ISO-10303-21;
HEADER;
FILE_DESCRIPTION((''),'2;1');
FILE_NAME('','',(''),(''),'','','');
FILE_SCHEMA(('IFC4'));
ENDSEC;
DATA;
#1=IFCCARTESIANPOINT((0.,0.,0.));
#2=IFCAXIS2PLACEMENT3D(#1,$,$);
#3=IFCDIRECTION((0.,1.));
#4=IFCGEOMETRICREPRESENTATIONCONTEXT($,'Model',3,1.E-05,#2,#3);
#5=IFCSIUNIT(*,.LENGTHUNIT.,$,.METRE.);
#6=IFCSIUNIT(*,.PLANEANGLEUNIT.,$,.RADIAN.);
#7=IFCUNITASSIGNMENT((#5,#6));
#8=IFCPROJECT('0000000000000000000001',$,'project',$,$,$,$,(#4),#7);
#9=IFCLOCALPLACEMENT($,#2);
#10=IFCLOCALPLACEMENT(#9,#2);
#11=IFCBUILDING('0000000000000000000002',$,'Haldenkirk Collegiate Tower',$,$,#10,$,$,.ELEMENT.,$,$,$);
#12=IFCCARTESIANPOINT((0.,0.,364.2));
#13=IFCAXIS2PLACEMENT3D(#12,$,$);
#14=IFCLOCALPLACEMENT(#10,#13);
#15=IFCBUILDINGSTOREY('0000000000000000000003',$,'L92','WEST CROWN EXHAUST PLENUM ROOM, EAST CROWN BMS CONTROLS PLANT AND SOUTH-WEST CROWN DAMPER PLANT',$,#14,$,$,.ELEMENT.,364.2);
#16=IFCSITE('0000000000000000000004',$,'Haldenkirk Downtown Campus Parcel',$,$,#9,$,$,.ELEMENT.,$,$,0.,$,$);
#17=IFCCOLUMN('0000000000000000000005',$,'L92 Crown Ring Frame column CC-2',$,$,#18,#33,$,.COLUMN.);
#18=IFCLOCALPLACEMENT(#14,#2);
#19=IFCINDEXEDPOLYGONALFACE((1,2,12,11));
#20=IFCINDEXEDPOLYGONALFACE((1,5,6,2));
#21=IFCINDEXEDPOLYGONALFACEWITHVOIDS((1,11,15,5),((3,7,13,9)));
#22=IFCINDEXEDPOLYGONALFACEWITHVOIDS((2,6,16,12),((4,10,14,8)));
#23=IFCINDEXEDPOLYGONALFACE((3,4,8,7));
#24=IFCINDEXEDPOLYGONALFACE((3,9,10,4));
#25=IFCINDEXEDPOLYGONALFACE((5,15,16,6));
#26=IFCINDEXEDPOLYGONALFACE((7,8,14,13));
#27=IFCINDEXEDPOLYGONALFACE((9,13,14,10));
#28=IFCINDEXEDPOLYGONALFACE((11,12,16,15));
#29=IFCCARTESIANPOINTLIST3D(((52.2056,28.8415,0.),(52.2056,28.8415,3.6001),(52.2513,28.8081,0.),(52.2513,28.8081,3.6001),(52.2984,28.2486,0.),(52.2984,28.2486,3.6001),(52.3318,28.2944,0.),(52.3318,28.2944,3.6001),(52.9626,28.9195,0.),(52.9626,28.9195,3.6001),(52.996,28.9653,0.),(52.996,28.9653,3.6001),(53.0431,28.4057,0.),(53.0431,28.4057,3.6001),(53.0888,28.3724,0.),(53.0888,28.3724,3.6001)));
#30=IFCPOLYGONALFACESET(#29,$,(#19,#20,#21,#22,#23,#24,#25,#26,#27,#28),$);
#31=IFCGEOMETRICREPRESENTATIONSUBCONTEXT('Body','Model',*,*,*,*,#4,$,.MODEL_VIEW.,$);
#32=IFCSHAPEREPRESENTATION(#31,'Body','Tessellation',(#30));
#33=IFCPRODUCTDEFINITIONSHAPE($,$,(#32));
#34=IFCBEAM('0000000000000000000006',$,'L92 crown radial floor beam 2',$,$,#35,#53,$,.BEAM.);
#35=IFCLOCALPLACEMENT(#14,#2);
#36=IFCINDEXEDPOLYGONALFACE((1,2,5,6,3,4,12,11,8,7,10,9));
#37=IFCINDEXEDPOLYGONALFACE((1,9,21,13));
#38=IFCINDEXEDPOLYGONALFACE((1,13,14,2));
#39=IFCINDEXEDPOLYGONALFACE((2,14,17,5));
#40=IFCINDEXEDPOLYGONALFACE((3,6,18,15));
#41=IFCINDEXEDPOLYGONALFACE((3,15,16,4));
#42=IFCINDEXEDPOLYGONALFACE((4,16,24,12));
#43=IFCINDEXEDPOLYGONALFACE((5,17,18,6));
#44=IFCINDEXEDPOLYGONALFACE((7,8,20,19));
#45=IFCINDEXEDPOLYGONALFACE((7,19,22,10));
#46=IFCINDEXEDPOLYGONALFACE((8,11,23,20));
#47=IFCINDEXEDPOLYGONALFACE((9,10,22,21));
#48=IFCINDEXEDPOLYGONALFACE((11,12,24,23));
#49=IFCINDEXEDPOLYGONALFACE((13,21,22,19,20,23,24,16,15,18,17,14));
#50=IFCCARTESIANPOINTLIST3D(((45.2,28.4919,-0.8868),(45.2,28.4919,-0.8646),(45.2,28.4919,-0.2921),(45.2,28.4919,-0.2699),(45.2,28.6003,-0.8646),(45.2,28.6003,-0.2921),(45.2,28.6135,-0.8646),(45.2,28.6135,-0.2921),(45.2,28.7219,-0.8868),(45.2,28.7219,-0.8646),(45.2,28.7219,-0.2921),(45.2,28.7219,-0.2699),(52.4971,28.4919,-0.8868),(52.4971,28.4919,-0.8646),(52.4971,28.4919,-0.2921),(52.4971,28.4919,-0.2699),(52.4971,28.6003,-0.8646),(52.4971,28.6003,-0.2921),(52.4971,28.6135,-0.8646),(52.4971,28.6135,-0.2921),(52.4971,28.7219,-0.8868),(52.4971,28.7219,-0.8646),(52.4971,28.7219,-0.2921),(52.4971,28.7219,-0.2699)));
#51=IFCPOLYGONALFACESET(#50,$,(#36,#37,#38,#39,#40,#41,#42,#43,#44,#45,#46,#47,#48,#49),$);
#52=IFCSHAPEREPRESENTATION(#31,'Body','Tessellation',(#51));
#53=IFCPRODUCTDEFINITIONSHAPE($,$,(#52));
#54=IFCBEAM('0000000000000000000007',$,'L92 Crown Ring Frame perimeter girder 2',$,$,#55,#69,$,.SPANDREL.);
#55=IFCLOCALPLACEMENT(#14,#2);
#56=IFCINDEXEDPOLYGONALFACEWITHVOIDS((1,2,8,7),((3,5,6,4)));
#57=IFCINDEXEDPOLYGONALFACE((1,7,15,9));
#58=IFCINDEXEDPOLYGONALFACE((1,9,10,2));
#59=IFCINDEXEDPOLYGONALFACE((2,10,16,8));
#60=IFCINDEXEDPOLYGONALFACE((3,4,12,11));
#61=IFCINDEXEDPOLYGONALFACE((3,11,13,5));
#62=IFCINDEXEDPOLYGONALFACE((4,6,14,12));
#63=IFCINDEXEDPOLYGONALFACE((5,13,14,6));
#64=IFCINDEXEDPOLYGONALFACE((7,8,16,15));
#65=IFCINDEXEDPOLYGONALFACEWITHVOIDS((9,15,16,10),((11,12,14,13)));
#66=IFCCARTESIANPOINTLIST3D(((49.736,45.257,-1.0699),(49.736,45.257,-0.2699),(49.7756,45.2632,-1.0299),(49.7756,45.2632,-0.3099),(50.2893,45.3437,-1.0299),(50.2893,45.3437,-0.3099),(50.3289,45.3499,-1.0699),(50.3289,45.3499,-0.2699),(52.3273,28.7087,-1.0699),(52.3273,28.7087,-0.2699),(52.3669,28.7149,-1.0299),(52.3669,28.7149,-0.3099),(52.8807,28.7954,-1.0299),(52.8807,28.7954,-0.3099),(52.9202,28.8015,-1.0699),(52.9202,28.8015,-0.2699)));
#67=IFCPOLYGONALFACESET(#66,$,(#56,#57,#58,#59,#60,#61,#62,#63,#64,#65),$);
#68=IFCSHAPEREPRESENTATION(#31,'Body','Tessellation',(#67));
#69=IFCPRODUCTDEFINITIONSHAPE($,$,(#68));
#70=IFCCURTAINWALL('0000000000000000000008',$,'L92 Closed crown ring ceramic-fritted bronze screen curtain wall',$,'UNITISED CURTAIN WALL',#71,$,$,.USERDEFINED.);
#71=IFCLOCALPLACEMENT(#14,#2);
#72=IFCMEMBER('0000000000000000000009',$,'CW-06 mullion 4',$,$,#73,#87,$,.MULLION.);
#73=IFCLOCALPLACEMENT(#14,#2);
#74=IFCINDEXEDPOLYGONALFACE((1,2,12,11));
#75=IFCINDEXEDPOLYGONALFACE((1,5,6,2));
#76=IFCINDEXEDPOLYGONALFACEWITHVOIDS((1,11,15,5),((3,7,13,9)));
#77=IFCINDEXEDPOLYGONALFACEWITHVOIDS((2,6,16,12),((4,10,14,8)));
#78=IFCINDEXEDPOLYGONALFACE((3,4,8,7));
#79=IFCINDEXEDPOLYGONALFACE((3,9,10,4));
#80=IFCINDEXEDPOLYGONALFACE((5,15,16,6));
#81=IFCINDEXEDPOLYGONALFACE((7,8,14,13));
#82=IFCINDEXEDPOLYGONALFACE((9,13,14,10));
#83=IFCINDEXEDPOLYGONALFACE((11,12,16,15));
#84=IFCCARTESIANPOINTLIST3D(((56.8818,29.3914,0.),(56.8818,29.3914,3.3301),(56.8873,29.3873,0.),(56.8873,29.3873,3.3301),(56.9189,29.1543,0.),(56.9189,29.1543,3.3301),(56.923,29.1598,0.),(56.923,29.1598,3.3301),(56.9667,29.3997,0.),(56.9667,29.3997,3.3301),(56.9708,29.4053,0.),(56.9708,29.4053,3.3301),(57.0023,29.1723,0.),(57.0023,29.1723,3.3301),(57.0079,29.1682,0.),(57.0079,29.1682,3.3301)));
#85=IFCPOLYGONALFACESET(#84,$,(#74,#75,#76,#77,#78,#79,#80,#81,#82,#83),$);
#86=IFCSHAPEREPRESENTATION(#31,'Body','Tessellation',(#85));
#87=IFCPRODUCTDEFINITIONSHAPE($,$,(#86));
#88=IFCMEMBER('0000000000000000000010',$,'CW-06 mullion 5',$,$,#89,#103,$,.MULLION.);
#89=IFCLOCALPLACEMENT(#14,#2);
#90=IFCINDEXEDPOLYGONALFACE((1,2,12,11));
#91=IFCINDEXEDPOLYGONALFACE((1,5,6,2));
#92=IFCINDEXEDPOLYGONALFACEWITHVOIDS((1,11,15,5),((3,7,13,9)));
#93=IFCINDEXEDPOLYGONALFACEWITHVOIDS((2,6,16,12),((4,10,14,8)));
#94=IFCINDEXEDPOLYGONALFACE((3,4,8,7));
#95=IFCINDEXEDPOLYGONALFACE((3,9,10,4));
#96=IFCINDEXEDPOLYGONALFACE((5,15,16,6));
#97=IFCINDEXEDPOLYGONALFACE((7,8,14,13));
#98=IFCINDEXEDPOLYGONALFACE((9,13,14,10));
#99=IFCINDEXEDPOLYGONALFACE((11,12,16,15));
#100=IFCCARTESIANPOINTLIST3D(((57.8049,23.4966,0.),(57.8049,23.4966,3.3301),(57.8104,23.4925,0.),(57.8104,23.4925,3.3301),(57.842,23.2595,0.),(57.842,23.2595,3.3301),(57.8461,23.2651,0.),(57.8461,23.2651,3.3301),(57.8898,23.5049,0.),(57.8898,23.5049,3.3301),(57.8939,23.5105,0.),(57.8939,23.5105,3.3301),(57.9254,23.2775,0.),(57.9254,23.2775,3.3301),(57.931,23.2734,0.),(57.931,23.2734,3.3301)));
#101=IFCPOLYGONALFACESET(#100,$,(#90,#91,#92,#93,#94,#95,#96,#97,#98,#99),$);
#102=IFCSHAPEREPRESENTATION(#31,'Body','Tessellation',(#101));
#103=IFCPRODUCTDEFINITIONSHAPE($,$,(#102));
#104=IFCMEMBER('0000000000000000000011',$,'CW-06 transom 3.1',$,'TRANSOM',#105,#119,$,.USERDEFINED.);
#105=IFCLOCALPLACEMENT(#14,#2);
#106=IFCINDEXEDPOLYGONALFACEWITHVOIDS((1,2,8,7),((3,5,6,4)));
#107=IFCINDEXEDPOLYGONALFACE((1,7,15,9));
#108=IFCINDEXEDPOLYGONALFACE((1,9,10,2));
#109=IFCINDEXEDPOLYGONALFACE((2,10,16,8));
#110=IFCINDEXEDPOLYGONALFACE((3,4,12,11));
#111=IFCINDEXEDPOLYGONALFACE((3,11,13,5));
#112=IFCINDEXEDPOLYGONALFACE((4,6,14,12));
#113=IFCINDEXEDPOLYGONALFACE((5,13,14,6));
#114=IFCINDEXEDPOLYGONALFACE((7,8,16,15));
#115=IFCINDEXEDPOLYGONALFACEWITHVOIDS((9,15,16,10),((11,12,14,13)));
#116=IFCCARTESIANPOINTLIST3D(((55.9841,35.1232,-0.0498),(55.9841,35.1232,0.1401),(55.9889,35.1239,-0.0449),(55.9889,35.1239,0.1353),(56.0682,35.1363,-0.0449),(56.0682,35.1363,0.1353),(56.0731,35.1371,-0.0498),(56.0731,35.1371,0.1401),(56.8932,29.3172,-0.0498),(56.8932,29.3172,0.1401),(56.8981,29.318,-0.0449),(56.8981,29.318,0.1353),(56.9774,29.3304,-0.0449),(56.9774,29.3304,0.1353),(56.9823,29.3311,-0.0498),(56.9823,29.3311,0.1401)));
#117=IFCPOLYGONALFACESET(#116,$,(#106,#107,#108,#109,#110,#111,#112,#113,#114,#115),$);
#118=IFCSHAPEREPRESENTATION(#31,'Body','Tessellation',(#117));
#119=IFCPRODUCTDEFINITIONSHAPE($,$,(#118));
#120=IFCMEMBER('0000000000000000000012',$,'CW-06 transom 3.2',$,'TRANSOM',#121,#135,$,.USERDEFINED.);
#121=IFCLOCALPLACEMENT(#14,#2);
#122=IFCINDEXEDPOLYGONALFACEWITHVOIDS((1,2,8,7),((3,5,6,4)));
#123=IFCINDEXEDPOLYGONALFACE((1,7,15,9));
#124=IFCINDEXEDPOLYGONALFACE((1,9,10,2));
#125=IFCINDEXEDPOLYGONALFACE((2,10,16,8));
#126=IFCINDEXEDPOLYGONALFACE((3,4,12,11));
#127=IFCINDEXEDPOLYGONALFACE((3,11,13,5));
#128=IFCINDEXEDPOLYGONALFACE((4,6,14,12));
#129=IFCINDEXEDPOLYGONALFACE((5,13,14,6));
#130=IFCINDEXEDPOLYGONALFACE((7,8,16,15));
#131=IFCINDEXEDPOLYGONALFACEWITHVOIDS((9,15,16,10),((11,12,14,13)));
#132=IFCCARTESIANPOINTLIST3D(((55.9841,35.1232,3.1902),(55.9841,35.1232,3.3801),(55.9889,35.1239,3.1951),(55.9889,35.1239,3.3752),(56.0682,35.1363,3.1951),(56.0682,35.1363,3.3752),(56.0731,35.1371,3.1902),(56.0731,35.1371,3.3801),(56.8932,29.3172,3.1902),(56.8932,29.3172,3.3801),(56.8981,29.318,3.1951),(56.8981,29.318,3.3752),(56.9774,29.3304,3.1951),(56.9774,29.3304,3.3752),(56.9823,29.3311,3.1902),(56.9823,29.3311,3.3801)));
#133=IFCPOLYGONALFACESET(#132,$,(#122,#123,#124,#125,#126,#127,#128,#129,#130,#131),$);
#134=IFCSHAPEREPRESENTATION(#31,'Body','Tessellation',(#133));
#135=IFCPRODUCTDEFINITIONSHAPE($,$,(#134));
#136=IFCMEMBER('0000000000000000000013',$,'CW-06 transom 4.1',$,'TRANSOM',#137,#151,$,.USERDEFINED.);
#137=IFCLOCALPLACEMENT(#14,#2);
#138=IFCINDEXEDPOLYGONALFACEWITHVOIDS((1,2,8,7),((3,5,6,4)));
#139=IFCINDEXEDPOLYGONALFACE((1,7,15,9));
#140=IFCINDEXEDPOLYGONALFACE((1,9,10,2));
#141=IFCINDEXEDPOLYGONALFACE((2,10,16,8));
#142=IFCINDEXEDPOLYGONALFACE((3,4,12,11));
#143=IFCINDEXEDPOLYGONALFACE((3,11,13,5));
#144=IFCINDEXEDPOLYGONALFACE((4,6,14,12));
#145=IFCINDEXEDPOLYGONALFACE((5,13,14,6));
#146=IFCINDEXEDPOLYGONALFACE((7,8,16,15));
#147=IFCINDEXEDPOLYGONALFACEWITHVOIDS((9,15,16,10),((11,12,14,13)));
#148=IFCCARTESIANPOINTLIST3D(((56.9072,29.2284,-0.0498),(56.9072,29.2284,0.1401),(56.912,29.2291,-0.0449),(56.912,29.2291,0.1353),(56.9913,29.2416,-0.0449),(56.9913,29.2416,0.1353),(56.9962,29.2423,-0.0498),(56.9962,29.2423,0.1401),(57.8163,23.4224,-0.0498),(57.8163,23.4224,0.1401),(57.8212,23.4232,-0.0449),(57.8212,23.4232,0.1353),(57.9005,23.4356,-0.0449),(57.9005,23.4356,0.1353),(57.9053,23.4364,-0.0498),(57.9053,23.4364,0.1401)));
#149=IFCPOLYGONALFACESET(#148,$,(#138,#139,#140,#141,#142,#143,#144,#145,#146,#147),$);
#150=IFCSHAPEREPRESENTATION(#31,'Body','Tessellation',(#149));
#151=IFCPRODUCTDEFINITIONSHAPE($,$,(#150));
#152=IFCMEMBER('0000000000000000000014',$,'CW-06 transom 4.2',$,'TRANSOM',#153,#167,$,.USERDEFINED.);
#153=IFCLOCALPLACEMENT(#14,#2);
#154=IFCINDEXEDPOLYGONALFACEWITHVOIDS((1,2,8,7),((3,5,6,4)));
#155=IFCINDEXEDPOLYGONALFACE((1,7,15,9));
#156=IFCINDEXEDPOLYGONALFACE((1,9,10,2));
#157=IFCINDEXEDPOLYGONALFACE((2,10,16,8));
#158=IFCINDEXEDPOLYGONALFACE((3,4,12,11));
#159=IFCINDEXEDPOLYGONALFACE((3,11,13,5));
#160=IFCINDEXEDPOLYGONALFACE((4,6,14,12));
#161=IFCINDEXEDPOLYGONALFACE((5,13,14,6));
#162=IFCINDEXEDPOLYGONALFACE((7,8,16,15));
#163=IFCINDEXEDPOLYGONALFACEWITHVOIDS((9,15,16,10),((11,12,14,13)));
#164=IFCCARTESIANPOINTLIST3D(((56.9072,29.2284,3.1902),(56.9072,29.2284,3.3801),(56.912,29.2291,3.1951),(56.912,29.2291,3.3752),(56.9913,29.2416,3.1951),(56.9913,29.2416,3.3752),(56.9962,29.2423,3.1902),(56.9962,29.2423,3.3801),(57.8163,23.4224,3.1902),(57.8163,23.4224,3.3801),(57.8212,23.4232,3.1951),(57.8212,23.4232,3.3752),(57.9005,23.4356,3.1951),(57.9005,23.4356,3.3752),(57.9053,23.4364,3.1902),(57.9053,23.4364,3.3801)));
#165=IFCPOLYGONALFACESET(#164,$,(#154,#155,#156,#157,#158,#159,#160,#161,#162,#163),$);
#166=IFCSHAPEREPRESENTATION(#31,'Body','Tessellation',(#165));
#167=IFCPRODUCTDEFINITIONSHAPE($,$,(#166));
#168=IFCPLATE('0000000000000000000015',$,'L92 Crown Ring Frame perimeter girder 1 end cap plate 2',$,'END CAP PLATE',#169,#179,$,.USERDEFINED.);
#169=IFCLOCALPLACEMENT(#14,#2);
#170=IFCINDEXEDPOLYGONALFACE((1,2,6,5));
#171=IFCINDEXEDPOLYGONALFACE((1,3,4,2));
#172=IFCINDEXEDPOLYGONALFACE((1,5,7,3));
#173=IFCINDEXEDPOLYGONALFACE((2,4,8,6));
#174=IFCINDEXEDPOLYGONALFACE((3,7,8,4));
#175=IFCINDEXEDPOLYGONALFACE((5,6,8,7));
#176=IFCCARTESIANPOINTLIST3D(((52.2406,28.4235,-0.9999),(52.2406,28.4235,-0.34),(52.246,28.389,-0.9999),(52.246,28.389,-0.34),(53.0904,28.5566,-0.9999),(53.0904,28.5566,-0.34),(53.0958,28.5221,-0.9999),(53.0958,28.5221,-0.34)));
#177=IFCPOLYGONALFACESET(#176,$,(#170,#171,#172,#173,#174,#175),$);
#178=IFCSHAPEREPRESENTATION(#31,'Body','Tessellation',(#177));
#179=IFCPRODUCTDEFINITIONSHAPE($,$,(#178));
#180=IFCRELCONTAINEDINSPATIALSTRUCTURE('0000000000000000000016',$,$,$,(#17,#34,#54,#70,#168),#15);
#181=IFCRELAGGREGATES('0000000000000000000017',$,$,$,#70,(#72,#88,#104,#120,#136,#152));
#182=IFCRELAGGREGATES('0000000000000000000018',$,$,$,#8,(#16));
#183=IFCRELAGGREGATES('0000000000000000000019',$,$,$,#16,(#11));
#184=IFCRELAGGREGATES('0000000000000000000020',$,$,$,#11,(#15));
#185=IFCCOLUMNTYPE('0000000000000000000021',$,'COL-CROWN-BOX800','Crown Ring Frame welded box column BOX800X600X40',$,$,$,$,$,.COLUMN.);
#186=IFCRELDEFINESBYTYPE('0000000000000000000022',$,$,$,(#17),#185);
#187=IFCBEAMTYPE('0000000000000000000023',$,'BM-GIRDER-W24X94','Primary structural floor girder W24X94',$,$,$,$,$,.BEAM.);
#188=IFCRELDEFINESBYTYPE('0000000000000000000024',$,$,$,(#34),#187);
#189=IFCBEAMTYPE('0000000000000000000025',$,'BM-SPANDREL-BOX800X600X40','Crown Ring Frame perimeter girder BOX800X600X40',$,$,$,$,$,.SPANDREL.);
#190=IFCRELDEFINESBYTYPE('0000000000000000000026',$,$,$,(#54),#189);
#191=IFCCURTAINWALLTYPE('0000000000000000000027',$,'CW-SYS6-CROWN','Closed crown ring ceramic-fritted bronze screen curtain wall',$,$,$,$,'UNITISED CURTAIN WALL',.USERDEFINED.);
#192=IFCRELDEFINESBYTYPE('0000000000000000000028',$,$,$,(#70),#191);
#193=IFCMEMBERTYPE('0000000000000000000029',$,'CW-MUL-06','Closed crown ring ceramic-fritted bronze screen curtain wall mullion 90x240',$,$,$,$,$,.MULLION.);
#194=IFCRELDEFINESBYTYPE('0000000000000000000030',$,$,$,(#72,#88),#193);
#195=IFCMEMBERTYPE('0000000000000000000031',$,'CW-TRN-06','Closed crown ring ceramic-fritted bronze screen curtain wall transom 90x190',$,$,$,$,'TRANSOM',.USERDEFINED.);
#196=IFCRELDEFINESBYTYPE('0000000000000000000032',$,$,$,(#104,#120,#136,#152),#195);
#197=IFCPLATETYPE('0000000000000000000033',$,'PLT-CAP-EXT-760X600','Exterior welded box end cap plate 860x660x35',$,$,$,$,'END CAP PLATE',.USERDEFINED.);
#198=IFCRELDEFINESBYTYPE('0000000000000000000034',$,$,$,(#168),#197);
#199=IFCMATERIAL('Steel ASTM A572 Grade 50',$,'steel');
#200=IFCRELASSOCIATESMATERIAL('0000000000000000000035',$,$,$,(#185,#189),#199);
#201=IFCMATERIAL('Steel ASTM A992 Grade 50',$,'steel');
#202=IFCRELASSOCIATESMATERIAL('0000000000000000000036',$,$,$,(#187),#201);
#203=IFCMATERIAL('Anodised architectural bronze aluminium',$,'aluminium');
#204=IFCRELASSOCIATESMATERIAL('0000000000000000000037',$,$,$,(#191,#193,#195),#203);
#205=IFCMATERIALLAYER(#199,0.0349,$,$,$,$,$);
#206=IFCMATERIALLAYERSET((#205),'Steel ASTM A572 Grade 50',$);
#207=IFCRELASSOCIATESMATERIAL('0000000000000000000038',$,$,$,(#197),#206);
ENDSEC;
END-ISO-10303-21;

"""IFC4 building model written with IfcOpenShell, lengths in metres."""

from ifc_helpers import new_model, si_unit, direction, frame, origin, origin_2d, place, context, subcontext, project, spatial, rectangle, hollow_rectangle, i_section, extrude, source, transform, mapped, material, layer, layer_set, material_profile, profile_set, type_object, element, aggregate, save


model = new_model("IFC4")

# Units and contexts
model_context = context("Model", 3, precision=1e-05, world=origin(), true_north=direction((0.0, 1.0)))
body_context = subcontext(model_context, "Body", "Model", "MODEL_VIEW")
ifc_project = project(units=[si_unit("LENGTHUNIT", "METRE"), si_unit("PLANEANGLEUNIT", "RADIAN")], contexts=[model_context])

# Site, building, storey
site_placement = place(None, origin())
site = spatial("IfcSite", under=ifc_project, at=site_placement, Name="Haldenkirk Downtown Campus Parcel", CompositionType="ELEMENT", RefElevation=0.0)
building_placement = place(site_placement, origin())
building = spatial("IfcBuilding", under=site, at=building_placement, Name="Haldenkirk Collegiate Tower", CompositionType="ELEMENT")
storey_placement = place(building_placement, frame((0.0, 0.0, 364.2)))
storey = spatial("IfcBuildingStorey", under=building, at=storey_placement, Name="L92", Description="WEST CROWN EXHAUST PLENUM ROOM, EAST CROWN BMS CONTROLS PLANT AND SOUTH-WEST CROWN DAMPER PLANT", CompositionType="ELEMENT", Elevation=364.2)

# Column
ifc_material_1 = material(Name="Steel ASTM A572 Grade 50", Category="steel")
ifc_material_profile_1 = material_profile(ifc_material_1, hollow_rectangle(XDim=0.6001, YDim=0.8, WallThickness=0.04, at=origin_2d()), Name="BOX800X600X40")
ifc_profile_set_1 = profile_set([ifc_material_profile_1], Name="Steel ASTM A572 Grade 50")
column_type = type_object("IfcColumnType", Name="COL-CROWN-BOX800", Description="Crown Ring Frame welded box column BOX800X600X40", PredefinedType="COLUMN", material=ifc_profile_set_1)
column_placement = place(storey_placement, frame((52.6472, 28.6069, 0.0), z_axis=(0.0, 0.0, 1.0), x_axis=(-0.15471, 0.98796, 0.0)))
element("IfcColumn", 1, at=column_placement, inside=storey, type_object=column_type, Name="L92 Crown Ring Frame column CC-2", PredefinedType="COLUMN", context=body_context, shape_type="SweptSolid", body=[
    extrude(hollow_rectangle(XDim=0.6001, YDim=0.8, WallThickness=0.04, at=origin_2d()), origin(), (0.0, 0.0, 1.0), 3.6001),
])

# Beams
ifc_material_2 = material(Name="Steel ASTM A992 Grade 50", Category="steel")
ifc_material_profile_2 = material_profile(ifc_material_2, i_section(OverallWidth=0.23, OverallDepth=0.6169, WebThickness=0.0132, FlangeThickness=0.0222, at=origin_2d()), Name="W24X94")
ifc_profile_set_2 = profile_set([ifc_material_profile_2], Name="Steel ASTM A992 Grade 50")
beam_type_1 = type_object("IfcBeamType", Name="BM-GIRDER-W24X94", Description="Primary structural floor girder W24X94", PredefinedType="BEAM", material=ifc_profile_set_2)
beam_1_placement = place(storey_placement, frame((52.4971, 28.6069, -0.5784), z_axis=(-1.0, 0.0, 0.0), x_axis=(0.0, -1.0, 0.0)))
element("IfcBeam", 2, at=beam_1_placement, inside=storey, type_object=beam_type_1, Name="L92 crown radial floor beam 2", PredefinedType="BEAM", context=body_context, shape_type="SweptSolid", body=[
    extrude(i_section(OverallWidth=0.23, OverallDepth=0.6169, WebThickness=0.0132, FlangeThickness=0.0222, at=origin_2d()), origin(), (0.0, 0.0, 1.0), 7.2971),
])
ifc_material_profile_3 = material_profile(ifc_material_1, hollow_rectangle(XDim=0.6001, YDim=0.8, WallThickness=0.04, at=origin_2d()), Name="BOX800X600X40")
ifc_profile_set_3 = profile_set([ifc_material_profile_3], Name="Steel ASTM A572 Grade 50")
beam_type_2 = type_object("IfcBeamType", Name="BM-SPANDREL-BOX800X600X40", Description="Crown Ring Frame perimeter girder BOX800X600X40", PredefinedType="SPANDREL", material=ifc_profile_set_3)
beam_2_placement = place(storey_placement, frame((52.6238, 28.7551, -0.6699), z_axis=(-0.154705, 0.987961, 0.0), x_axis=(-0.987961, -0.154705, 0.0)))
element("IfcBeam", 3, at=beam_2_placement, inside=storey, type_object=beam_type_2, Name="L92 Crown Ring Frame perimeter girder 2", PredefinedType="SPANDREL", context=body_context, shape_type="SweptSolid", body=[
    extrude(hollow_rectangle(XDim=0.6001, YDim=0.8, WallThickness=0.04, at=origin_2d()), origin(), (0.0, 0.0, 1.0), 16.75),
])

# Curtain wall, members
ifc_material_3 = material(Name="Anodised architectural bronze aluminium", Category="aluminium")
curtain_wall_type = type_object("IfcCurtainWallType", Name="CW-SYS6-CROWN", Description="Closed crown ring ceramic-fritted bronze screen curtain wall", ElementType="UNITISED CURTAIN WALL", PredefinedType="USERDEFINED", material=ifc_material_3)
curtain_wall_placement = place(storey_placement, origin())
curtain_wall = element("IfcCurtainWall", 4, at=curtain_wall_placement, inside=storey, type_object=curtain_wall_type, Name="L92 Closed crown ring ceramic-fritted bronze screen curtain wall", ObjectType="UNITISED CURTAIN WALL", PredefinedType="USERDEFINED")
ifc_material_profile_4 = material_profile(ifc_material_3, hollow_rectangle(XDim=0.0901, YDim=0.24, WallThickness=0.0049, at=origin_2d()), Name="CW-MUL-06")
ifc_profile_set_4 = profile_set([ifc_material_profile_4], Name="Anodised architectural bronze aluminium")
member_type_1 = type_object("IfcMemberType", Name="CW-MUL-06", Description="Closed crown ring ceramic-fritted bronze screen curtain wall mullion 90x240", PredefinedType="MULLION", material=ifc_profile_set_4)
member_1_placement = place(storey_placement, frame((56.9448, 29.2798, 0.0), z_axis=(0.0, 0.0, 1.0), x_axis=(0.98796, 0.154713, 0.0)))
member_1 = element("IfcMember", 5, at=member_1_placement, type_object=member_type_1, Name="CW-06 mullion 4", PredefinedType="MULLION", context=body_context, shape_type="SweptSolid", body=[
    extrude(hollow_rectangle(XDim=0.0901, YDim=0.24, WallThickness=0.0049, at=origin_2d()), origin(), (0.0, 0.0, 1.0), 3.3301),
])
member_2_placement = place(storey_placement, frame((57.8679, 23.385, 0.0), z_axis=(0.0, 0.0, 1.0), x_axis=(0.98796, 0.154713, 0.0)))
member_2 = element("IfcMember", 6, at=member_2_placement, type_object=member_type_1, Name="CW-06 mullion 5", PredefinedType="MULLION", context=body_context, shape_type="SweptSolid", body=[
    extrude(hollow_rectangle(XDim=0.0901, YDim=0.24, WallThickness=0.0049, at=origin_2d()), origin(), (0.0, 0.0, 1.0), 3.3301),
])
ifc_material_profile_5 = material_profile(ifc_material_3, hollow_rectangle(XDim=0.0901, YDim=0.1899, WallThickness=0.0049, at=origin_2d()), Name="CW-TRN-06")
ifc_profile_set_5 = profile_set([ifc_material_profile_5], Name="Anodised architectural bronze aluminium")
member_type_2 = type_object("IfcMemberType", Name="CW-TRN-06", Description="Closed crown ring ceramic-fritted bronze screen curtain wall transom 90x190", ElementType="TRANSOM", PredefinedType="USERDEFINED", material=ifc_profile_set_5)
member_3_placement = place(storey_placement, frame((56.0286, 35.1301, 0.0452), z_axis=(0.15471, -0.98796, 0.0), x_axis=(0.98796, 0.15471, 0.0)))
member_3 = element("IfcMember", 7, at=member_3_placement, type_object=member_type_2, Name="CW-06 transom 3.1", ObjectType="TRANSOM", PredefinedType="USERDEFINED", context=body_context, shape_type="SweptSolid", body=[
    extrude(hollow_rectangle(XDim=0.0901, YDim=0.1899, WallThickness=0.0049, at=origin_2d()), origin(), (0.0, 0.0, 1.0), 5.8767),
])
member_4_placement = place(storey_placement, frame((56.0286, 35.1301, 3.2852), z_axis=(0.15471, -0.98796, 0.0), x_axis=(0.98796, 0.15471, 0.0)))
member_4 = element("IfcMember", 8, at=member_4_placement, type_object=member_type_2, Name="CW-06 transom 3.2", ObjectType="TRANSOM", PredefinedType="USERDEFINED", context=body_context, shape_type="SweptSolid", body=[
    extrude(hollow_rectangle(XDim=0.0901, YDim=0.1899, WallThickness=0.0049, at=origin_2d()), origin(), (0.0, 0.0, 1.0), 5.8767),
])
member_5_placement = place(storey_placement, frame((56.9517, 29.2354, 0.0452), z_axis=(0.15471, -0.98796, 0.0), x_axis=(0.98796, 0.15471, 0.0)))
member_5 = element("IfcMember", 9, at=member_5_placement, type_object=member_type_2, Name="CW-06 transom 4.1", ObjectType="TRANSOM", PredefinedType="USERDEFINED", context=body_context, shape_type="SweptSolid", body=[
    extrude(hollow_rectangle(XDim=0.0901, YDim=0.1899, WallThickness=0.0049, at=origin_2d()), origin(), (0.0, 0.0, 1.0), 5.8767),
])
member_6_placement = place(storey_placement, frame((56.9517, 29.2354, 3.2852), z_axis=(0.15471, -0.98796, 0.0), x_axis=(0.98796, 0.15471, 0.0)))
member_6 = element("IfcMember", 10, at=member_6_placement, type_object=member_type_2, Name="CW-06 transom 4.2", ObjectType="TRANSOM", PredefinedType="USERDEFINED", context=body_context, shape_type="SweptSolid", body=[
    extrude(hollow_rectangle(XDim=0.0901, YDim=0.1899, WallThickness=0.0049, at=origin_2d()), origin(), (0.0, 0.0, 1.0), 5.8767),
])

# Plate
ifc_layer_1 = layer(ifc_material_1, 0.0349)
ifc_layer_set_1 = layer_set([ifc_layer_1], Name="Steel ASTM A572 Grade 50")
plate_type_1 = type_object("IfcPlateType", Name="PLT-CAP-EXT-760X600", Description="Exterior welded box end cap plate 860x660x35", ElementType="END CAP PLATE", PredefinedType="USERDEFINED", material=ifc_layer_set_1)
shared_shape_1 = source(origin(), body_context, "Body", "SweptSolid", [
    extrude(rectangle(XDim=0.8601, YDim=0.6599, at=origin_2d()), origin(), (0.0, 0.0, 1.0), 0.0349),
])
for number, where, z_axis, x_axis, name in (
    (11, (52.6709, 28.4556, -0.6699), (-0.154711, 0.98796, 0.0), (-0.98796, -0.154711, 0.0), "L92 Crown Ring Frame perimeter girder 1 end cap plate 2"),
):
    element("IfcPlate", number, at=place(storey_placement, frame(where, z_axis=z_axis, x_axis=x_axis)), inside=storey, type_object=plate_type_1, Name=name, ObjectType="END CAP PLATE", PredefinedType="USERDEFINED", context=body_context, shape_type="MappedRepresentation", body=[
        mapped(shared_shape_1, transform((0.0, 0.0, 0.0), x_axis=(1.0, 0.0, 0.0), y_axis=(0.0, 1.0, 0.0), z_axis=(0.0, 0.0, 1.0), scale=1.0)),
    ])

aggregate(curtain_wall, [member_1, member_2, member_3, member_4, member_5, member_6])

save(model, "model.ifc")
